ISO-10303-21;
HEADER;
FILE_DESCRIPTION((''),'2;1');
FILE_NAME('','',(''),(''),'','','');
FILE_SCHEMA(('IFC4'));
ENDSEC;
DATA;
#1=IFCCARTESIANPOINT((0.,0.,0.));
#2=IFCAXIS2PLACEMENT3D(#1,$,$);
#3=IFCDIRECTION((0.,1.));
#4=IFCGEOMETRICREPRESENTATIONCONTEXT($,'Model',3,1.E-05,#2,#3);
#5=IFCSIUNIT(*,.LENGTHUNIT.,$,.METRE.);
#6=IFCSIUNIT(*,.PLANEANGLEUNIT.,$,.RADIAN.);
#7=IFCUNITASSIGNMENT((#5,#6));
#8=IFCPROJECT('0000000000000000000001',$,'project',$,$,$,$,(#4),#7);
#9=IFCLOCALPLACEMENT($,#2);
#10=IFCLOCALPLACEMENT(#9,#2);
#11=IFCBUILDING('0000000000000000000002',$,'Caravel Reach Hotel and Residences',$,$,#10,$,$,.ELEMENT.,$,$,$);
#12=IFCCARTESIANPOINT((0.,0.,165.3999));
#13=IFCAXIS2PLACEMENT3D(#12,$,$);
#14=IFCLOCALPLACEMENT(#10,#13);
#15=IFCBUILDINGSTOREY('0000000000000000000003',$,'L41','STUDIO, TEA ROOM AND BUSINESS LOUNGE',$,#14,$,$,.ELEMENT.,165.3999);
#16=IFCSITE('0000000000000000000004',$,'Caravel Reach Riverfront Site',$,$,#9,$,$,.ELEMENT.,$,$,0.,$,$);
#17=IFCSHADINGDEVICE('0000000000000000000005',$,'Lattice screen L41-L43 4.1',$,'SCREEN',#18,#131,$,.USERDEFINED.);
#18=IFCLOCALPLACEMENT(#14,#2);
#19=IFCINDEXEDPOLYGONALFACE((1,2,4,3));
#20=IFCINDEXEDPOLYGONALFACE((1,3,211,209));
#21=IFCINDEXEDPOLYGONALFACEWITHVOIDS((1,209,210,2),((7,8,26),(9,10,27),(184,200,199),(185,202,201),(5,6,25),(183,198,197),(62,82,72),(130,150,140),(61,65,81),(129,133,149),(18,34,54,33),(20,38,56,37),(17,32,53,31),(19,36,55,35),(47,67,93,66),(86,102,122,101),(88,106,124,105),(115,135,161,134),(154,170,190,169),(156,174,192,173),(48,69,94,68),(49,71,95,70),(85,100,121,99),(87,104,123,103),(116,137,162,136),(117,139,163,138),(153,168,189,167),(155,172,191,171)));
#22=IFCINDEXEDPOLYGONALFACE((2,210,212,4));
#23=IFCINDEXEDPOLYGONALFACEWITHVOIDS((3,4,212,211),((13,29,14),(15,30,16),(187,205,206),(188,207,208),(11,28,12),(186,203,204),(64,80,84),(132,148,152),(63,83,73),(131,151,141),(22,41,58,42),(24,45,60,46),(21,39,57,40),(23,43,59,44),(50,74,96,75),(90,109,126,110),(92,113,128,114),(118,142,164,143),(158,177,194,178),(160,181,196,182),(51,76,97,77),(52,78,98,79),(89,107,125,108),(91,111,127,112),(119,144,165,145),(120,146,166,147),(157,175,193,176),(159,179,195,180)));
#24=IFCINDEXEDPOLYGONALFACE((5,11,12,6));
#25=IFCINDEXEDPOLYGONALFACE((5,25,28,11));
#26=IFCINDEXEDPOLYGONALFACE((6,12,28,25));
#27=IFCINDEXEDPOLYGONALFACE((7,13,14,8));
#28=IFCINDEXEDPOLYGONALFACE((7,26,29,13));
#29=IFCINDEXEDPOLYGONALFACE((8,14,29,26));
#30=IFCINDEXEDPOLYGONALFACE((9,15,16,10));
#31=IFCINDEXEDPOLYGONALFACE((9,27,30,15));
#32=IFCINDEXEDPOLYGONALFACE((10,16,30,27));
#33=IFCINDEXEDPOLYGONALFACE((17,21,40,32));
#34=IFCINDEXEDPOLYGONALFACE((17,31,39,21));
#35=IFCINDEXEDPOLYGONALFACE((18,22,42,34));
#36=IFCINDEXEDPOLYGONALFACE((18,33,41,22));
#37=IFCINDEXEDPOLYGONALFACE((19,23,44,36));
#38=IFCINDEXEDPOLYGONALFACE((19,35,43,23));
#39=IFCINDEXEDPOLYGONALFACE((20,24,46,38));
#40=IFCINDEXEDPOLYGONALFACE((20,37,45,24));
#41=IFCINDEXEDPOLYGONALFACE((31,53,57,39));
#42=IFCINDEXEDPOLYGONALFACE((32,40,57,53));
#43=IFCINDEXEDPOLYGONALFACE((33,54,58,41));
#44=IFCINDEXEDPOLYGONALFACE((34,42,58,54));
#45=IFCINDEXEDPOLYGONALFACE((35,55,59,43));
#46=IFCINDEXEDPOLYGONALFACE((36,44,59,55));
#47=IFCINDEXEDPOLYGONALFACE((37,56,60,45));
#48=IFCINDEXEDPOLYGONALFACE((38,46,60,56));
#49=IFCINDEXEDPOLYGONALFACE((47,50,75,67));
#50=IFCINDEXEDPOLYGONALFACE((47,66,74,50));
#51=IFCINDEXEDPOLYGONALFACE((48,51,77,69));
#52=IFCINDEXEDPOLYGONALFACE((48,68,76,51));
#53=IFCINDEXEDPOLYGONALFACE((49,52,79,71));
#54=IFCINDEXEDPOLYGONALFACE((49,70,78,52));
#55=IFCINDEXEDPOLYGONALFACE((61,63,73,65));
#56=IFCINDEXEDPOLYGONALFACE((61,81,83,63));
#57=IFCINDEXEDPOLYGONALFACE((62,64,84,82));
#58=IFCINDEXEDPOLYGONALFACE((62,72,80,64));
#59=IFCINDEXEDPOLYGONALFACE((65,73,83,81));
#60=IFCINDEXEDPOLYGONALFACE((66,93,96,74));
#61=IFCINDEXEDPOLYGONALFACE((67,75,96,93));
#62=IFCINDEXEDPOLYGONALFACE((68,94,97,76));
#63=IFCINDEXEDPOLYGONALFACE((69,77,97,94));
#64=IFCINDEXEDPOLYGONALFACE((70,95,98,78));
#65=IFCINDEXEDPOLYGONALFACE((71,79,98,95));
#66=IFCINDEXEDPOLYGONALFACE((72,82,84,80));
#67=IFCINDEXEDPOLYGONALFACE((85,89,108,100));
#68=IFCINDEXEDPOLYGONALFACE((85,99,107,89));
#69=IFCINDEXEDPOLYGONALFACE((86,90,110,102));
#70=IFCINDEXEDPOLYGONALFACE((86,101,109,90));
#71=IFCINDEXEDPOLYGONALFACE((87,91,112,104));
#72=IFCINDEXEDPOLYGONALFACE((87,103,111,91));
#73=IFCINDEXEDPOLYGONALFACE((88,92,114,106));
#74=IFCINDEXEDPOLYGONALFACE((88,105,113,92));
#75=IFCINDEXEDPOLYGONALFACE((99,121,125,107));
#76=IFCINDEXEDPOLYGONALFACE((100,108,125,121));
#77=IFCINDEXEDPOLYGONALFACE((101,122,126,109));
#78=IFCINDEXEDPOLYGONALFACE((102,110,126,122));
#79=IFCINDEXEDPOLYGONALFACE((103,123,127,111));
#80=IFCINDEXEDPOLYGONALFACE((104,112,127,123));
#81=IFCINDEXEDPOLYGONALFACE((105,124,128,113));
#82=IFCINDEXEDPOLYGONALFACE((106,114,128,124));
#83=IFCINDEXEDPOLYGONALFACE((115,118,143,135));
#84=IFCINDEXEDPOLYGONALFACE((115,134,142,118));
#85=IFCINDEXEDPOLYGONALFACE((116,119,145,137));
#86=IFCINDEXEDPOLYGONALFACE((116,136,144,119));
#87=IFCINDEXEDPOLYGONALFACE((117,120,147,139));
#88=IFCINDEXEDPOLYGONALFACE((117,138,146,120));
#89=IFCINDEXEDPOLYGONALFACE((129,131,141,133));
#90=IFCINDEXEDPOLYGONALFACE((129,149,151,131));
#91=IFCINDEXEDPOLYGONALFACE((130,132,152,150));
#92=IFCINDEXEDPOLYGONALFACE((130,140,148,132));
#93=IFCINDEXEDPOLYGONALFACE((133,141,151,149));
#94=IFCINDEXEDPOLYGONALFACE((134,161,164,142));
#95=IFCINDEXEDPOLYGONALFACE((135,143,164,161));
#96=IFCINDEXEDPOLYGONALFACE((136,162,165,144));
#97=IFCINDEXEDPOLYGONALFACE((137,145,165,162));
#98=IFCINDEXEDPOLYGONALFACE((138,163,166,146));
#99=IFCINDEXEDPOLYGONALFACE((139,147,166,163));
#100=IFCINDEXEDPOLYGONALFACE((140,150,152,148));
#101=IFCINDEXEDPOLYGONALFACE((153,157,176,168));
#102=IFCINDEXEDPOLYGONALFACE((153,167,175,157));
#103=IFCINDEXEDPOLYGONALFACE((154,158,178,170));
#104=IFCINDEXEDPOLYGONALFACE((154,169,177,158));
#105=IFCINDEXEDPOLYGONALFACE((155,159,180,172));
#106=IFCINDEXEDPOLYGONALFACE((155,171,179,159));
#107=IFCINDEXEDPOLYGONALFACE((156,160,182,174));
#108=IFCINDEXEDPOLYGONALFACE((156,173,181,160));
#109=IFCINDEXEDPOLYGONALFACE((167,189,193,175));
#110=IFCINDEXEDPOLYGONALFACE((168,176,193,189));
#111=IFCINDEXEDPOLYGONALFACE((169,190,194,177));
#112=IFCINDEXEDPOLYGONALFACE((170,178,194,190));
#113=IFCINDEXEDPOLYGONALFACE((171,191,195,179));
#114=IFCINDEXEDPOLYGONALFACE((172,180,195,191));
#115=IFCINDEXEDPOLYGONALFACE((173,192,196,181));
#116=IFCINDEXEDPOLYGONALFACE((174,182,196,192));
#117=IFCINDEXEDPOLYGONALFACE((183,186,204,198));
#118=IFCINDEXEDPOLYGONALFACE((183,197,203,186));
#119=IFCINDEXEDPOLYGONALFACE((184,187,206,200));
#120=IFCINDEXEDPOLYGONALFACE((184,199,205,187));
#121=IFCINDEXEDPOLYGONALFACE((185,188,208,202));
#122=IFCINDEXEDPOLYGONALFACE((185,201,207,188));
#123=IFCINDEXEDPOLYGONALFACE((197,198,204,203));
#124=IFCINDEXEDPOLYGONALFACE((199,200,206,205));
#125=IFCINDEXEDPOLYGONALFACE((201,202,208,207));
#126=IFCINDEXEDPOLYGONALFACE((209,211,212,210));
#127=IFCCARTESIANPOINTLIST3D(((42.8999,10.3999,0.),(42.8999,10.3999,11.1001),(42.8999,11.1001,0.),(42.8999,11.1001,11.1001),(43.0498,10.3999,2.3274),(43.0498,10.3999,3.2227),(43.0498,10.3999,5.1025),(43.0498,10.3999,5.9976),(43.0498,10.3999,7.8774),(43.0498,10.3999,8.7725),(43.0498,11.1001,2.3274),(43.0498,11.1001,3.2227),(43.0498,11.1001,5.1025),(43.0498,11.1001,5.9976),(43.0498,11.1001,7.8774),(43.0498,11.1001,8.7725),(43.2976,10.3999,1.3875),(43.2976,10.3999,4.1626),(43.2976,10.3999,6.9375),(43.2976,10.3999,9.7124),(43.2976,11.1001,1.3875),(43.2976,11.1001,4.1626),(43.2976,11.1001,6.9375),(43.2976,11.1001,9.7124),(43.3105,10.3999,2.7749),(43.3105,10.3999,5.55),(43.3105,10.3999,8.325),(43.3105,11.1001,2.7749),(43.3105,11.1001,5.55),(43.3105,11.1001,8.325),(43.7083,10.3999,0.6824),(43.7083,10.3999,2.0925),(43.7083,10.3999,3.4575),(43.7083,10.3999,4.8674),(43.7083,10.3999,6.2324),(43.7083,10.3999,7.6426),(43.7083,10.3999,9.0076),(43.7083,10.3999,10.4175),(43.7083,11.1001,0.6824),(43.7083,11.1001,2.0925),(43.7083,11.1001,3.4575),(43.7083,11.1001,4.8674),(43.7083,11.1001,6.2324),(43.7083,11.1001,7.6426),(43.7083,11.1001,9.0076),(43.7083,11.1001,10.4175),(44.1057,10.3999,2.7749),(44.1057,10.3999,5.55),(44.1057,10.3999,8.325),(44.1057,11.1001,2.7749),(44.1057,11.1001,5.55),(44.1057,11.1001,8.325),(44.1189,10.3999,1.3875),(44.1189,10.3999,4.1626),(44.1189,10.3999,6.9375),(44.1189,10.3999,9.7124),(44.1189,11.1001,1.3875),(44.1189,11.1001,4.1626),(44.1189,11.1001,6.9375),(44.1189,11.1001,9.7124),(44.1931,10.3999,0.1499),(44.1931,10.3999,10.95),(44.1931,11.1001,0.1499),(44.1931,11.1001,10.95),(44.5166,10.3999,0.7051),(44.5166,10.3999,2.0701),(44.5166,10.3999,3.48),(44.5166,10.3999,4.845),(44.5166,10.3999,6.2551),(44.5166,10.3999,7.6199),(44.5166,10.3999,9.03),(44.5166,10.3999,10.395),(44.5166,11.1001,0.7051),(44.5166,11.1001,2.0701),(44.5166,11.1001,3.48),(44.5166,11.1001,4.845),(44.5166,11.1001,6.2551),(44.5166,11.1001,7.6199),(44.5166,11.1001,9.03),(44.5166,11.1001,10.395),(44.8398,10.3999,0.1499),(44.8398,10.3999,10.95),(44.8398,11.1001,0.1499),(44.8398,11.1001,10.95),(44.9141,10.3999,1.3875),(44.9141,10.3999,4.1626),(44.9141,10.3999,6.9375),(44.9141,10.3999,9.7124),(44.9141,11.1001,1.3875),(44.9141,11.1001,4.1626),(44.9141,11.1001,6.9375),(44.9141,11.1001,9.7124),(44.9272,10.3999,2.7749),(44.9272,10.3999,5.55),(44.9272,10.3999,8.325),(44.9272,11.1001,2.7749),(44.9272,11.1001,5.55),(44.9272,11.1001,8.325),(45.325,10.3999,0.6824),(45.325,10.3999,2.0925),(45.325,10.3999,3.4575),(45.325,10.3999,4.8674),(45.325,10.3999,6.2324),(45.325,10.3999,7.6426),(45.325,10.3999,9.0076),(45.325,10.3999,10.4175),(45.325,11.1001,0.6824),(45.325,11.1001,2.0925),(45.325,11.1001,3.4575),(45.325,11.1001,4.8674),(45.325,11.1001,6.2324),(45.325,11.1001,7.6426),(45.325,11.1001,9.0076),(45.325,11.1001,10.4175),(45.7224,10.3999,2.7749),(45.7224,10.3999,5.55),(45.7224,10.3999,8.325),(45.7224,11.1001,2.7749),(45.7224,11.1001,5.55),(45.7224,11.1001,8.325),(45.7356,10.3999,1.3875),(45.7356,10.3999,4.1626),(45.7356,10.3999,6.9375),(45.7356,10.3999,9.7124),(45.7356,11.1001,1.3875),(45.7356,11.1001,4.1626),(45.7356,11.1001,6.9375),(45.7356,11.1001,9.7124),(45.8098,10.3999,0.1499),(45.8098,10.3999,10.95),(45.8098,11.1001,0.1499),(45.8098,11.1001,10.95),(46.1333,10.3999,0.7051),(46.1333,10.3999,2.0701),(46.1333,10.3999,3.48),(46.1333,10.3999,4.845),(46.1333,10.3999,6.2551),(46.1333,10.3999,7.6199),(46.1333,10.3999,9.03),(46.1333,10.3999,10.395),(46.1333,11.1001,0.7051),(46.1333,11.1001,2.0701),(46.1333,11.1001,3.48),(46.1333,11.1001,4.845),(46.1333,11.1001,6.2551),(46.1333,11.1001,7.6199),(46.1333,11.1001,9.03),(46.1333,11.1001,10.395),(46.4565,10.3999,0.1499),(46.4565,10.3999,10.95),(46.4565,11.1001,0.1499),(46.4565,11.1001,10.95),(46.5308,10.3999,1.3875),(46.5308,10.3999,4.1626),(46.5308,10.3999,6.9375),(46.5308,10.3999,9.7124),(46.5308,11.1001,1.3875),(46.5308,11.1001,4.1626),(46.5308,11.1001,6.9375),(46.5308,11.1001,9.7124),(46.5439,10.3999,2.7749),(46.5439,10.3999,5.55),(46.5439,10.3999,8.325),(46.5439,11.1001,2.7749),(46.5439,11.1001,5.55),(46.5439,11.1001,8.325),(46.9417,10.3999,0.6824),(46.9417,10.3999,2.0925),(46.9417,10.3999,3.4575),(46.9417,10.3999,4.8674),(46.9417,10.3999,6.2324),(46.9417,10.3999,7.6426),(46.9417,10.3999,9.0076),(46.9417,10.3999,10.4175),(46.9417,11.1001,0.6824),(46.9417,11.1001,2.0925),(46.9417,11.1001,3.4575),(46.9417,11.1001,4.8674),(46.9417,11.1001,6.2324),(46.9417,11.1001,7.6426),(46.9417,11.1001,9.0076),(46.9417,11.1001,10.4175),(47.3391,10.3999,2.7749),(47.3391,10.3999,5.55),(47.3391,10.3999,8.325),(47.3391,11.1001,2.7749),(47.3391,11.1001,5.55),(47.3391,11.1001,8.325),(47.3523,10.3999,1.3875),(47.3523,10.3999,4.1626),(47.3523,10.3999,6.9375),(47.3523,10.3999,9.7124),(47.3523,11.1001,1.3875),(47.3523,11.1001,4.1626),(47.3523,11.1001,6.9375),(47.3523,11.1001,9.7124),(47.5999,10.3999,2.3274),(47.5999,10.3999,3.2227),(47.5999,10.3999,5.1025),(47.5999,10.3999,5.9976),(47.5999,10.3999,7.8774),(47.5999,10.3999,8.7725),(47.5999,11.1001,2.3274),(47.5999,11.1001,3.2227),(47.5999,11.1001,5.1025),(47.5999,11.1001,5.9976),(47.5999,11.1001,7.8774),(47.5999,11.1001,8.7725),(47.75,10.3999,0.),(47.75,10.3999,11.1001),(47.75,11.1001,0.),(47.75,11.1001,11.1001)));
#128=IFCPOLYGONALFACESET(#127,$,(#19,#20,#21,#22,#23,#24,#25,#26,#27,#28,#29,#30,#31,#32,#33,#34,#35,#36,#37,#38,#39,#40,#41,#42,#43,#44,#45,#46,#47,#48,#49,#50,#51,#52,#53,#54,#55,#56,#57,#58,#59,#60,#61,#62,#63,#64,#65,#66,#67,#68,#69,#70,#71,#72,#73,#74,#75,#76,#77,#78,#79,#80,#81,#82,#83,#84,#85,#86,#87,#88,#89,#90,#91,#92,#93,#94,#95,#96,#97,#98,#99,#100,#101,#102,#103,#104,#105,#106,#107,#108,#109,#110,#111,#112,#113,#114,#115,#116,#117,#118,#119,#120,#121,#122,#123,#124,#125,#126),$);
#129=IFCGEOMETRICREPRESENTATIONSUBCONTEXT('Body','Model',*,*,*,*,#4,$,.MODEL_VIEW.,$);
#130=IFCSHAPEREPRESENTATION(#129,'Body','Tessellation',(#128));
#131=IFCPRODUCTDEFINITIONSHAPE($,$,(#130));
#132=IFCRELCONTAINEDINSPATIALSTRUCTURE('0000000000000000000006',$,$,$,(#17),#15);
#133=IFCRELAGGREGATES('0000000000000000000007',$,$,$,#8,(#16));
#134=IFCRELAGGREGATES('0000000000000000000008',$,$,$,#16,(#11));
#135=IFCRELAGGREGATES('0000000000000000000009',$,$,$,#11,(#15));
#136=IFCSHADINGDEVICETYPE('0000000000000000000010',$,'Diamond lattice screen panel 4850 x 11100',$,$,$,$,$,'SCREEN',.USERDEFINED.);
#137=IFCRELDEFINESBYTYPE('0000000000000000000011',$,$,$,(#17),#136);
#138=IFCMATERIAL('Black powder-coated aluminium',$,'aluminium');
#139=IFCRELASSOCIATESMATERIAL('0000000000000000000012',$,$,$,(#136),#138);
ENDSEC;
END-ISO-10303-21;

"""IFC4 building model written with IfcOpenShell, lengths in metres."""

from ifc_helpers import new_model, si_unit, direction, frame, origin, place, context, subcontext, project, spatial, polyline, outline, extrude, material, type_object, element, save


model = new_model("IFC4")

# Units and contexts
model_context = context("Model", 3, precision=1e-05, world=origin(), true_north=direction((0.0, 1.0)))
body_context = subcontext(model_context, "Body", "Model", "MODEL_VIEW")
ifc_project = project(units=[si_unit("LENGTHUNIT", "METRE"), si_unit("PLANEANGLEUNIT", "RADIAN")], contexts=[model_context])

# Site, building, storey
site_placement = place(None, origin())
site = spatial("IfcSite", under=ifc_project, at=site_placement, Name="Caravel Reach Riverfront Site", CompositionType="ELEMENT", RefElevation=0.0)
building_placement = place(site_placement, origin())
building = spatial("IfcBuilding", under=site, at=building_placement, Name="Caravel Reach Hotel and Residences", CompositionType="ELEMENT")
storey_placement = place(building_placement, frame((0.0, 0.0, 165.3999)))
storey = spatial("IfcBuildingStorey", under=building, at=storey_placement, Name="L41", Description="STUDIO, TEA ROOM AND BUSINESS LOUNGE", CompositionType="ELEMENT", Elevation=165.3999)

# Shading device
ifc_material_1 = material(Name="Black powder-coated aluminium", Category="aluminium")
shading_device_type_1 = type_object("IfcShadingDeviceType", Name="Diamond lattice screen panel 4850 x 11100", ElementType="SCREEN", PredefinedType="USERDEFINED", material=ifc_material_1)
shading_device_1_placement = place(storey_placement, frame((42.8999, 11.1001, 0.0), z_axis=(0.0, -1.0, 0.0), x_axis=(1.0, 0.0, 0.0)))
element("IfcShadingDevice", 1, at=shading_device_1_placement, inside=storey, type_object=shading_device_type_1, Name="Lattice screen L41-L43 4.1", ObjectType="SCREEN", PredefinedType="USERDEFINED", context=body_context, shape_type="SweptSolid", body=[
    extrude(outline(polyline([(0.0, 0.0), (4.8501, 0.0), (4.8501, 11.1001), (0.0, 11.1001), (0.0, 0.0)]), holes=[polyline([(0.4106, 2.7749), (0.1499, 3.2227), (0.1499, 2.3274), (0.4106, 2.7749)]), polyline([(0.4106, 5.55), (0.1499, 5.9976), (0.1499, 5.1025), (0.4106, 5.55)]), polyline([(0.4106, 8.325), (0.1499, 8.7725), (0.1499, 7.8774), (0.4106, 8.325)]), polyline([(0.8083, 2.0925), (0.3977, 1.3875), (0.8083, 0.6824), (1.219, 1.3875), (0.8083, 2.0925)]), polyline([(0.8083, 4.8674), (0.3977, 4.1626), (0.8083, 3.4575), (1.219, 4.1626), (0.8083, 4.8674)]), polyline([(0.8083, 7.6426), (0.3977, 6.9375), (0.8083, 6.2324), (1.219, 6.9375), (0.8083, 7.6426)]), polyline([(0.8083, 10.4175), (0.3977, 9.7124), (0.8083, 9.0076), (1.219, 9.7124), (0.8083, 10.4175)]), polyline([(1.6167, 0.7051), (1.2932, 0.1499), (1.9399, 0.1499), (1.6167, 0.7051)]), polyline([(1.6167, 3.48), (1.2058, 2.7749), (1.6167, 2.0701), (2.0273, 2.7749), (1.6167, 3.48)]), polyline([(1.6167, 6.2551), (1.2058, 5.55), (1.6167, 4.845), (2.0273, 5.55), (1.6167, 6.2551)]), polyline([(1.6167, 9.03), (1.2058, 8.325), (1.6167, 7.6199), (2.0273, 8.325), (1.6167, 9.03)]), polyline([(1.6167, 10.395), (1.9399, 10.95), (1.2932, 10.95), (1.6167, 10.395)]), polyline([(2.425, 2.0925), (2.0142, 1.3875), (2.425, 0.6824), (2.8357, 1.3875), (2.425, 2.0925)]), polyline([(2.425, 4.8674), (2.0142, 4.1626), (2.425, 3.4575), (2.8357, 4.1626), (2.425, 4.8674)]), polyline([(2.425, 7.6426), (2.0142, 6.9375), (2.425, 6.2324), (2.8357, 6.9375), (2.425, 7.6426)]), polyline([(2.425, 10.4175), (2.0142, 9.7124), (2.425, 9.0076), (2.8357, 9.7124), (2.425, 10.4175)]), polyline([(3.2334, 0.7051), (2.9099, 0.1499), (3.5566, 0.1499), (3.2334, 0.7051)]), polyline([(3.2334, 3.48), (2.8225, 2.7749), (3.2334, 2.0701), (3.644, 2.7749), (3.2334, 3.48)]), polyline([(3.2334, 6.2551), (2.8225, 5.55), (3.2334, 4.845), (3.644, 5.55), (3.2334, 6.2551)]), polyline([(3.2334, 9.03), (2.8225, 8.325), (3.2334, 7.6199), (3.644, 8.325), (3.2334, 9.03)]), polyline([(3.2334, 10.395), (3.5566, 10.95), (2.9099, 10.95), (3.2334, 10.395)]), polyline([(4.0417, 2.0925), (3.6309, 1.3875), (4.0417, 0.6824), (4.4524, 1.3875), (4.0417, 2.0925)]), polyline([(4.0417, 4.8674), (3.6309, 4.1626), (4.0417, 3.4575), (4.4524, 4.1626), (4.0417, 4.8674)]), polyline([(4.0417, 7.6426), (3.6309, 6.9375), (4.0417, 6.2324), (4.4524, 6.9375), (4.0417, 7.6426)]), polyline([(4.0417, 10.4175), (3.6309, 9.7124), (4.0417, 9.0076), (4.4524, 9.7124), (4.0417, 10.4175)]), polyline([(4.4392, 2.7749), (4.7, 2.3274), (4.7, 3.2227), (4.4392, 2.7749)]), polyline([(4.4392, 5.55), (4.7, 5.1025), (4.7, 5.9976), (4.4392, 5.55)]), polyline([(4.4392, 8.325), (4.7, 7.8774), (4.7, 8.7725), (4.4392, 8.325)])]), origin(), (0.0, 0.0, 1.0), 0.7002),
])

save(model, "model.ifc")
